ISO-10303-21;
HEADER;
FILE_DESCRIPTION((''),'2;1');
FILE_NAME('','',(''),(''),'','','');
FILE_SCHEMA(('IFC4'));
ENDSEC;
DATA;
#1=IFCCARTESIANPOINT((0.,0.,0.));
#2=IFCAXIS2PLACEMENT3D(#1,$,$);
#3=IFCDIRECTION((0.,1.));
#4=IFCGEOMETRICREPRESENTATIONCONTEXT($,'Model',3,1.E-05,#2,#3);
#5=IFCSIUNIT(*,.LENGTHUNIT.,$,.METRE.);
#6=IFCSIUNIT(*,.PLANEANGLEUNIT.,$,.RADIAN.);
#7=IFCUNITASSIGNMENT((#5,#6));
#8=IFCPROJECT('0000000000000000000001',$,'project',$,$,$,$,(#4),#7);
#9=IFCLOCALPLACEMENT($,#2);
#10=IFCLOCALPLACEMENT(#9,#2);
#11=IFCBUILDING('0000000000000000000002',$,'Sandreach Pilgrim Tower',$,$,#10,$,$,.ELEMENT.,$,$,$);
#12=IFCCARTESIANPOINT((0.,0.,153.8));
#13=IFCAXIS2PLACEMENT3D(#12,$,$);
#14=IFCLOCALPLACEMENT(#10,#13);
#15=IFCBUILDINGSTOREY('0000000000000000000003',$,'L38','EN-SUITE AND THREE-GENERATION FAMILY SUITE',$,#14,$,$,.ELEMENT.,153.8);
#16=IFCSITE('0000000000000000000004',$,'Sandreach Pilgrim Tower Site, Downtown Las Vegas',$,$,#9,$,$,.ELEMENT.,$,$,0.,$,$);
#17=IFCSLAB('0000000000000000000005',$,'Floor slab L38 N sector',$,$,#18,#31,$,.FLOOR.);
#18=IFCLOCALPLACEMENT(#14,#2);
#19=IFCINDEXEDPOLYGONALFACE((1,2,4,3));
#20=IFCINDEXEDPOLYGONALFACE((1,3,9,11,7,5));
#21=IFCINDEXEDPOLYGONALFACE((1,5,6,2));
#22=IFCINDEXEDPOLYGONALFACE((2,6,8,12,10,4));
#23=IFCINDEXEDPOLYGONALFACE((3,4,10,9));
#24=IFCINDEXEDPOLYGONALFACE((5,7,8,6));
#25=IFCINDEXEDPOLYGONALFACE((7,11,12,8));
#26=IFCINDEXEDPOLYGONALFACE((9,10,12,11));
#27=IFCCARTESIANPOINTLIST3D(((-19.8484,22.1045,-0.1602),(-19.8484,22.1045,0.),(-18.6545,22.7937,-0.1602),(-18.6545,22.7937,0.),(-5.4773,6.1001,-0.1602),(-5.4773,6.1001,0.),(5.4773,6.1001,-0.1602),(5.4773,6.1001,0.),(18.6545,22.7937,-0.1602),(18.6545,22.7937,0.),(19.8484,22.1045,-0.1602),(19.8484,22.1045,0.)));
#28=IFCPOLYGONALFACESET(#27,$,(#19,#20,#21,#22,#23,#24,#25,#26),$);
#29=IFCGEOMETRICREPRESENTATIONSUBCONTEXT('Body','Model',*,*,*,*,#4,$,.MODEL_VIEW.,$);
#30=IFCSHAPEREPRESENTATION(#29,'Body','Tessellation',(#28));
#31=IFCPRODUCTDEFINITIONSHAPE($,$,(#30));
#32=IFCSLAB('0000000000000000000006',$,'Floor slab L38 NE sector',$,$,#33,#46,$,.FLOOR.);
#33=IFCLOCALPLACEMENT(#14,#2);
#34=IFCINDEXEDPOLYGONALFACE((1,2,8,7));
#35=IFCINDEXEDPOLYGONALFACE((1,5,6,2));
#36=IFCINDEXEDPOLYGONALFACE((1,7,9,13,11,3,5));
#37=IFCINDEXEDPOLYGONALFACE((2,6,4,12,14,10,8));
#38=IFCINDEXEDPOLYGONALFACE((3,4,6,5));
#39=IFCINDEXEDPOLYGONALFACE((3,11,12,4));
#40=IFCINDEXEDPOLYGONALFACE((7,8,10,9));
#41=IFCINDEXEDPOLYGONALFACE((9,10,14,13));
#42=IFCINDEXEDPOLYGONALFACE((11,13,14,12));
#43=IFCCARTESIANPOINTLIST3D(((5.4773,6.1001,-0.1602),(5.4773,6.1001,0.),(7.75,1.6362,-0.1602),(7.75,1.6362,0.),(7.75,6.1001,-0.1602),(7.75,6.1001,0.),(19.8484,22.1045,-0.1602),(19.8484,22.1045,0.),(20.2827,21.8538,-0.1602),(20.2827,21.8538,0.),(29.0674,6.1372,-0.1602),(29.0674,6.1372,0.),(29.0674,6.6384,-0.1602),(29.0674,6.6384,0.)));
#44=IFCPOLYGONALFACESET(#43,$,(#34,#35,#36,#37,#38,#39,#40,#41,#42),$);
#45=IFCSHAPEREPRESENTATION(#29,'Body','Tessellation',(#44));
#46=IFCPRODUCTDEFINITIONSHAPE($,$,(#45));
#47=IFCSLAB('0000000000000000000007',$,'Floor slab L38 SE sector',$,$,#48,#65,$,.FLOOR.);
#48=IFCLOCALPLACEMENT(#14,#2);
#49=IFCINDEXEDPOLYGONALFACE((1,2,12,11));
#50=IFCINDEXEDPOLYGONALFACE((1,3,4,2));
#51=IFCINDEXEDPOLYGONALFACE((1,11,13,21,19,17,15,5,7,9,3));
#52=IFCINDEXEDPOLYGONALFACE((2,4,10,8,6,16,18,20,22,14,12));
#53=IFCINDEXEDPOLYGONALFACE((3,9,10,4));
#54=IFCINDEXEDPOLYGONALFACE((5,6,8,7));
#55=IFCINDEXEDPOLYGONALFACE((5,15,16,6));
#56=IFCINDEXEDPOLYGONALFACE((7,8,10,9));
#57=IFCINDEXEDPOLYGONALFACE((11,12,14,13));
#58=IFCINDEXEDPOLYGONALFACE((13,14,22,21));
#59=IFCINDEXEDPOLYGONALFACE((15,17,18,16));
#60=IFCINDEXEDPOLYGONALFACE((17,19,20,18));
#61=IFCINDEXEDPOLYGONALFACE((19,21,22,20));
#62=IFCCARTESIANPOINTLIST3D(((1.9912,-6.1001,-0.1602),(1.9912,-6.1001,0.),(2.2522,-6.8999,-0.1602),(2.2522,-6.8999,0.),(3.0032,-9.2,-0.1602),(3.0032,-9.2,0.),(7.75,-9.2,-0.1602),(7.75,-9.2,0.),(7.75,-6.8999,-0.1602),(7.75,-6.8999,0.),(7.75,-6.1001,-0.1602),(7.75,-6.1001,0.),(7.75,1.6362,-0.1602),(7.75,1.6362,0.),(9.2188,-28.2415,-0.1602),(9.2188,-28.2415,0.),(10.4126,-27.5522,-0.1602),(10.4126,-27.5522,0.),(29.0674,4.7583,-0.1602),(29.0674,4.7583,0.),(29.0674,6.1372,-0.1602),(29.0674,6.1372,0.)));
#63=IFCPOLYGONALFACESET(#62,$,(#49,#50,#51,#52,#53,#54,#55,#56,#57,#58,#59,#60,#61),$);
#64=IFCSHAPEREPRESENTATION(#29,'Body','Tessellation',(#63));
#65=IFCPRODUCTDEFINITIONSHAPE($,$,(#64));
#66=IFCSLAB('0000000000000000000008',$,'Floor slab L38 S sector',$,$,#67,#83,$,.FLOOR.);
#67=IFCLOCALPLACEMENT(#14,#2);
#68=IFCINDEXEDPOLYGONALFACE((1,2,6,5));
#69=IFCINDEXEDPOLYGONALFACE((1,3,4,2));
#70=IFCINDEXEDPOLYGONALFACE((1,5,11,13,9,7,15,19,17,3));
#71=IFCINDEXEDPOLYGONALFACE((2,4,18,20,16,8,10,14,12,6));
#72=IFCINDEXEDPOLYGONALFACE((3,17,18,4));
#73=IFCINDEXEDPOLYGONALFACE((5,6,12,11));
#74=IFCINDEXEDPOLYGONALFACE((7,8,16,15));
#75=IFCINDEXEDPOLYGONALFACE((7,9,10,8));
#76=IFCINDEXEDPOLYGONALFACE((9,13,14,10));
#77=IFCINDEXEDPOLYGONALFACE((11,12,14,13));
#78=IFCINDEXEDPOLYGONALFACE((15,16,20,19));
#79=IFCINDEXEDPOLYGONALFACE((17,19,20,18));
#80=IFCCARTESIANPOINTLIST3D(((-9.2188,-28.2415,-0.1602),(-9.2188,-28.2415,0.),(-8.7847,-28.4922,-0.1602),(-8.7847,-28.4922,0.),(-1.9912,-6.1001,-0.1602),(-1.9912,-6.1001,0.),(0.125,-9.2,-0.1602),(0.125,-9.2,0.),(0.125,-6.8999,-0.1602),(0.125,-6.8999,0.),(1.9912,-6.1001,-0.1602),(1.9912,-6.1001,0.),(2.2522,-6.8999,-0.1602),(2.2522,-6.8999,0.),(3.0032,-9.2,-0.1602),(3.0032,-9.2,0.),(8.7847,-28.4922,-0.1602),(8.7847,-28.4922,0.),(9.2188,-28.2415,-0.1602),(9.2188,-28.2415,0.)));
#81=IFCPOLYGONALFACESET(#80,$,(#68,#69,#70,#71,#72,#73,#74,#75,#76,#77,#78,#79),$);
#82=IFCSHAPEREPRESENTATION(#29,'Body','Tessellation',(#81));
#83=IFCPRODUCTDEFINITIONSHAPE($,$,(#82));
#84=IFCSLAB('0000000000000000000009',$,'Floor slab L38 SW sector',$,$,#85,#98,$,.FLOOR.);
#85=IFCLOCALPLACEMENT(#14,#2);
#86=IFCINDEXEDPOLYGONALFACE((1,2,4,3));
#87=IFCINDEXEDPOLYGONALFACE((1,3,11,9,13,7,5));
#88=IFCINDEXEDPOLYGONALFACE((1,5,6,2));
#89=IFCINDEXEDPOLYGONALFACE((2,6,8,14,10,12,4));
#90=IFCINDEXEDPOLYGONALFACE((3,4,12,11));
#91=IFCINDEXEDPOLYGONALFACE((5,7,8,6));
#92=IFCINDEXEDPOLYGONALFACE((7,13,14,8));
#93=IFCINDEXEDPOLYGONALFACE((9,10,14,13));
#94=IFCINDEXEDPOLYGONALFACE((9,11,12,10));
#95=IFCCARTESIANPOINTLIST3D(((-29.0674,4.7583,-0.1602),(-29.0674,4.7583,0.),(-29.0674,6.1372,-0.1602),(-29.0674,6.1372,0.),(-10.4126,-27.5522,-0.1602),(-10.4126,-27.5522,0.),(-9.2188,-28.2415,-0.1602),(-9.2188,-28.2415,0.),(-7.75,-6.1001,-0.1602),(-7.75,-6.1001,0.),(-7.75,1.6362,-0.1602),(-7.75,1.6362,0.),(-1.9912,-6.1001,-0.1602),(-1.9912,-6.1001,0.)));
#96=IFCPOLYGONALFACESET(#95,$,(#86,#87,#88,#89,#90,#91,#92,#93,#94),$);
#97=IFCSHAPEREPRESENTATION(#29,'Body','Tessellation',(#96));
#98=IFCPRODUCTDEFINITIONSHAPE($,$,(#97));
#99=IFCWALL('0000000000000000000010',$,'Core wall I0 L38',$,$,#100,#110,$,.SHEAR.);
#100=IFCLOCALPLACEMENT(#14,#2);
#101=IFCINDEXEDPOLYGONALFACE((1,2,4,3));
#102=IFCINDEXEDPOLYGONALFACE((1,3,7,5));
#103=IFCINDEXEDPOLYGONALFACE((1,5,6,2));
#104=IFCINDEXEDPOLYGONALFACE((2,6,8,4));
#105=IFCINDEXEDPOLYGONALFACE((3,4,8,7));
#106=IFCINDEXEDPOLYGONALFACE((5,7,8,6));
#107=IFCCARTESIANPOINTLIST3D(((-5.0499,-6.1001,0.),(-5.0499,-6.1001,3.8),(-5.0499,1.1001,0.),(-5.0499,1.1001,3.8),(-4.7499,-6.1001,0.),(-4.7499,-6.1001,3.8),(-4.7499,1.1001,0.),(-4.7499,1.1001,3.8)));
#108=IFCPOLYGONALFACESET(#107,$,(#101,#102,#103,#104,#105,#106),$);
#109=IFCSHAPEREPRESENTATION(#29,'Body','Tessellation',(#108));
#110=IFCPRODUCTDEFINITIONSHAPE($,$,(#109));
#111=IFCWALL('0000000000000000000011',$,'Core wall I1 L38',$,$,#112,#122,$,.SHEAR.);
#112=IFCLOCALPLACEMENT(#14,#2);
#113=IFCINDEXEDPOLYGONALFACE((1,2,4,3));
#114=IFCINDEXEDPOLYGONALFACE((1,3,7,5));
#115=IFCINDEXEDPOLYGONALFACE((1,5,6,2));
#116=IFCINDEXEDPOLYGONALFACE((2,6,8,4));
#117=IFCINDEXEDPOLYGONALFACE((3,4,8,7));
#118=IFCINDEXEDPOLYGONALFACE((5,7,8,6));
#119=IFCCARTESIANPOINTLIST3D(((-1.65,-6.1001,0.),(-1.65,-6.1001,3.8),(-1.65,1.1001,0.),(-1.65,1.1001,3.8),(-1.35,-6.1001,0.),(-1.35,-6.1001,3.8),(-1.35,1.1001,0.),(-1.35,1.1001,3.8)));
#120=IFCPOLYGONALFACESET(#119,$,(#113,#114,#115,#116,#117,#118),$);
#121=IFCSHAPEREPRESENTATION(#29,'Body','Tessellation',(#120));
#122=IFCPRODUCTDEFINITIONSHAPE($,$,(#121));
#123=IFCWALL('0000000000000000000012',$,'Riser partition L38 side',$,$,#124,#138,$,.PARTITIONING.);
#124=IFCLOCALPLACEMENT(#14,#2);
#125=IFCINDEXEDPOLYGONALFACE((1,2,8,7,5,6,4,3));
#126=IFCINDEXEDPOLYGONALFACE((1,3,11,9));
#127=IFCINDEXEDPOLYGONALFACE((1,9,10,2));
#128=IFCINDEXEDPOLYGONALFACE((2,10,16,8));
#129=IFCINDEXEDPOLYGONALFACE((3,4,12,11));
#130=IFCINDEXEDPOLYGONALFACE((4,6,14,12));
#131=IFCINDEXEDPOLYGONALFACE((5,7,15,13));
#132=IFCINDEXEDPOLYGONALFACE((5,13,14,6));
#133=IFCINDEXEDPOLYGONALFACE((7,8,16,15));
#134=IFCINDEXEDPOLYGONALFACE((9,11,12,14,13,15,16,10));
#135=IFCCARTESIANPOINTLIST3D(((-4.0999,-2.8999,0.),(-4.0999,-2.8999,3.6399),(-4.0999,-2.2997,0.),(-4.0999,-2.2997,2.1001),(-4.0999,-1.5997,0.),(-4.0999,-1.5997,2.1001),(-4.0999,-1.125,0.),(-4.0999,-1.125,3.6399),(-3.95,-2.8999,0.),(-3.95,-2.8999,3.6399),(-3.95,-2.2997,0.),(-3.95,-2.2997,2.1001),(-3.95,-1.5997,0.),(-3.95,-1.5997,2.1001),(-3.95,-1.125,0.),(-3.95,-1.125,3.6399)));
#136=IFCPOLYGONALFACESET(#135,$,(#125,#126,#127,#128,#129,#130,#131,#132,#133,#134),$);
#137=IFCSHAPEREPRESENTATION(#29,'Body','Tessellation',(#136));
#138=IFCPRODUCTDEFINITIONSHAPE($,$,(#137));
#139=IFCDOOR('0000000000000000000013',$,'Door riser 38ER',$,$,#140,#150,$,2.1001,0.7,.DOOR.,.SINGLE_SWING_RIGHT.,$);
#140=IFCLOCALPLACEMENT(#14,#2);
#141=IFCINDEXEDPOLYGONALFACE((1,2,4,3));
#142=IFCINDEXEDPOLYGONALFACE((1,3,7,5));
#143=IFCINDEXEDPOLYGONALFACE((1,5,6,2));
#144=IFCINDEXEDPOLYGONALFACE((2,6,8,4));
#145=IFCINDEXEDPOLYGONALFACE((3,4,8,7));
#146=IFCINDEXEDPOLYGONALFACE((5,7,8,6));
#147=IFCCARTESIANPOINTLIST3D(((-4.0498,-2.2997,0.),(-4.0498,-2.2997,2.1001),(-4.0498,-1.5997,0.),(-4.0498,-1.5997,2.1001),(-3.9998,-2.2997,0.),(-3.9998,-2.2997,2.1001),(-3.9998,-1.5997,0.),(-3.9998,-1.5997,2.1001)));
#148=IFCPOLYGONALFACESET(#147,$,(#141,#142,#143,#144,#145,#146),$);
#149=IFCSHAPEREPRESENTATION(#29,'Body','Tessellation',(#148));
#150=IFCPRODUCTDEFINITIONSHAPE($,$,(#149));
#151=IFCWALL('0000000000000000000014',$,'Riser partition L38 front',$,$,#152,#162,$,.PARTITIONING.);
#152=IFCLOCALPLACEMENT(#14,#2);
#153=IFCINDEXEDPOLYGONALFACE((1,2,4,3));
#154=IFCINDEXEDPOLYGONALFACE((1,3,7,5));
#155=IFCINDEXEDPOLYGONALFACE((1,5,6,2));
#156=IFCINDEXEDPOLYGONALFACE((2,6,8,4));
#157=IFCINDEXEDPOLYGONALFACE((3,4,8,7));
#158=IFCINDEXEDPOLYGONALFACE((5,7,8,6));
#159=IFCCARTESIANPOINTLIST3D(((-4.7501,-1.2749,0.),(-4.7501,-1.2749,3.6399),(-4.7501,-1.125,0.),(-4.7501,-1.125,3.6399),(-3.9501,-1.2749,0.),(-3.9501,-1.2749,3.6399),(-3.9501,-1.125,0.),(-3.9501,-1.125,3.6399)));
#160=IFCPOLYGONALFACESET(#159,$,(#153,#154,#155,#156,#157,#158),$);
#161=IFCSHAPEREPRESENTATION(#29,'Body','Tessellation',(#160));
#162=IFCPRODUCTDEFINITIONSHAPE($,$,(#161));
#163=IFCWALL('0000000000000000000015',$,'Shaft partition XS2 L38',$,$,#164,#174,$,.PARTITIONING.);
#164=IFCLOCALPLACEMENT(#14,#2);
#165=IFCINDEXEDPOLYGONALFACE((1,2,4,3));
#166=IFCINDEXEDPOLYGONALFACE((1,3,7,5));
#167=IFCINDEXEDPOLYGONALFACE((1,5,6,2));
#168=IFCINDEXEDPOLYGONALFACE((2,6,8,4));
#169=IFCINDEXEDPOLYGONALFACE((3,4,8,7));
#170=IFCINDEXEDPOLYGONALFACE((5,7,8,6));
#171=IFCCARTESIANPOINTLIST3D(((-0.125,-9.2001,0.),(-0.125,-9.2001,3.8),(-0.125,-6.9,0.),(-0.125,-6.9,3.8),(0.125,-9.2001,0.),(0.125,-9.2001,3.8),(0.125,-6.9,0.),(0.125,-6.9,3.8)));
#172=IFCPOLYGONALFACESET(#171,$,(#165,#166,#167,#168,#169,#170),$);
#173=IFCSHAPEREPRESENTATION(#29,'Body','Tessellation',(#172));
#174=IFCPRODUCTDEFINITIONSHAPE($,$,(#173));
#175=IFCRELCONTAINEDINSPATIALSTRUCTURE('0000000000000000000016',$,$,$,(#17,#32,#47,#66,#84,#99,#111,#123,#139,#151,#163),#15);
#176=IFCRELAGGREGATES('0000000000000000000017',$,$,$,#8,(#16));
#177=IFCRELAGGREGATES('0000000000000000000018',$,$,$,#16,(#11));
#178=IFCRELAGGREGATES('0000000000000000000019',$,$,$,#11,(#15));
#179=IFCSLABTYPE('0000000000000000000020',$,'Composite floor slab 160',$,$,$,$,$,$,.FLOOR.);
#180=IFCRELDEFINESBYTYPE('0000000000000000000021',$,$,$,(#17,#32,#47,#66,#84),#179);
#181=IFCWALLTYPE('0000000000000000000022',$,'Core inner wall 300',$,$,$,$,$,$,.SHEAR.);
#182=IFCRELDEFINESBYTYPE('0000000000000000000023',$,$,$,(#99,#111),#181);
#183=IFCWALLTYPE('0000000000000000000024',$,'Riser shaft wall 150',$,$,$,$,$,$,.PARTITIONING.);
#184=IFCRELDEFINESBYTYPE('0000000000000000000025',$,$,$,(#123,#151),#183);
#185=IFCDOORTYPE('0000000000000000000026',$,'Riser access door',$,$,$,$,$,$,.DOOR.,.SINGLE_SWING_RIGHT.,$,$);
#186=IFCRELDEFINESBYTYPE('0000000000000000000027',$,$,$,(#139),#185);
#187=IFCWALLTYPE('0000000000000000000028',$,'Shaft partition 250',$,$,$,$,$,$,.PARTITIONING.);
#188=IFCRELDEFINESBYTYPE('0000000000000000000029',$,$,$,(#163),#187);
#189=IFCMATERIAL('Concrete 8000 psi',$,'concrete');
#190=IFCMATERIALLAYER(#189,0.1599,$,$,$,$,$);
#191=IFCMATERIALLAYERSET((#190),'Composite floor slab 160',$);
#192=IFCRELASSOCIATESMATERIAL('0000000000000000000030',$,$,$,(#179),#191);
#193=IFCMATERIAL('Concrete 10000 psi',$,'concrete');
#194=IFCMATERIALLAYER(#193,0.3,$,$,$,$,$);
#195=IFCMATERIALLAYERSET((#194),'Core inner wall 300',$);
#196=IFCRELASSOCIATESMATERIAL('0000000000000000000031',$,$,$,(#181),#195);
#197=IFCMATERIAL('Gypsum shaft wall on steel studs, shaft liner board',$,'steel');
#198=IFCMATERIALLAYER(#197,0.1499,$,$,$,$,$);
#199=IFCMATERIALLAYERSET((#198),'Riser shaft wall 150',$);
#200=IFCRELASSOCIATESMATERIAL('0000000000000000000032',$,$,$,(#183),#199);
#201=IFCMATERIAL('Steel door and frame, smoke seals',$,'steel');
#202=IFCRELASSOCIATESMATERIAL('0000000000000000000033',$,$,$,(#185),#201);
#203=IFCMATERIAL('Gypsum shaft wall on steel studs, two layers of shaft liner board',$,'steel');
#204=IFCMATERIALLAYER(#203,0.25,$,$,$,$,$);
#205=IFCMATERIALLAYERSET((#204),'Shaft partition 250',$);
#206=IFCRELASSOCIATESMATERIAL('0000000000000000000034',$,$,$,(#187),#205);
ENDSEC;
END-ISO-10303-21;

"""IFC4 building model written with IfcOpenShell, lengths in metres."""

from ifc_helpers import new_model, si_unit, direction, frame, frame_2d, origin, place, context, subcontext, project, spatial, polyline, rectangle, outline, extrude, material, layer, layer_set, type_object, element, fill, save


model = new_model("IFC4")

# Units and contexts
model_context = context("Model", 3, precision=1e-05, world=origin(), true_north=direction((0.0, 1.0)))
body_context = subcontext(model_context, "Body", "Model", "MODEL_VIEW")
ifc_project = project(units=[si_unit("LENGTHUNIT", "METRE"), si_unit("PLANEANGLEUNIT", "RADIAN")], contexts=[model_context])

# Site, building, storey
site_placement = place(None, origin())
site = spatial("IfcSite", under=ifc_project, at=site_placement, Name="Sandreach Pilgrim Tower Site, Downtown Las Vegas", CompositionType="ELEMENT", RefElevation=0.0)
building_placement = place(site_placement, origin())
building = spatial("IfcBuilding", under=site, at=building_placement, Name="Sandreach Pilgrim Tower", CompositionType="ELEMENT")
storey_placement = place(building_placement, frame((0.0, 0.0, 153.8)))
storey = spatial("IfcBuildingStorey", under=building, at=storey_placement, Name="L38", Description="EN-SUITE AND THREE-GENERATION FAMILY SUITE", CompositionType="ELEMENT", Elevation=153.8)

# Slabs
ifc_material_1 = material(Name="Concrete 8000 psi", Category="concrete")
ifc_layer_1 = layer(ifc_material_1, 0.1599)
ifc_layer_set_1 = layer_set([ifc_layer_1], Name="Composite floor slab 160")
slab_type = type_object("IfcSlabType", Name="Composite floor slab 160", PredefinedType="FLOOR", material=ifc_layer_set_1)
slab_1_placement = place(storey_placement, frame((0.0, 0.0, -0.1602)))
element("IfcSlab", 1, at=slab_1_placement, inside=storey, type_object=slab_type, Name="Floor slab L38 N sector", PredefinedType="FLOOR", context=body_context, shape_type="SweptSolid", body=[
    extrude(outline(polyline([(-18.6545, 22.7937), (18.6545, 22.7937), (19.8484, 22.1045), (5.4773, 6.1001), (-5.4773, 6.1001), (-19.8484, 22.1045), (-18.6545, 22.7937)])), origin(), (0.0, 0.0, 1.0), 0.1602),
])
slab_2_placement = place(storey_placement, frame((0.0, 0.0, -0.1602)))
element("IfcSlab", 2, at=slab_2_placement, inside=storey, type_object=slab_type, Name="Floor slab L38 NE sector", PredefinedType="FLOOR", context=body_context, shape_type="SweptSolid", body=[
    extrude(outline(polyline([(20.2827, 21.8538), (29.0674, 6.6384), (29.0674, 6.1372), (7.75, 1.6362), (7.75, 6.1001), (5.4773, 6.1001), (19.8484, 22.1045), (20.2827, 21.8538)])), origin(), (0.0, 0.0, 1.0), 0.1602),
])
slab_3_placement = place(storey_placement, frame((0.0, 0.0, -0.1602)))
element("IfcSlab", 3, at=slab_3_placement, inside=storey, type_object=slab_type, Name="Floor slab L38 SE sector", PredefinedType="FLOOR", context=body_context, shape_type="SweptSolid", body=[
    extrude(outline(polyline([(29.0674, 4.7583), (10.4126, -27.5522), (9.2188, -28.2415), (3.0032, -9.2), (7.75, -9.2), (7.75, -6.8999), (2.2522, -6.8999), (1.9912, -6.1001), (7.75, -6.1001), (7.75, 1.6362), (29.0674, 6.1372), (29.0674, 4.7583)])), origin(), (0.0, 0.0, 1.0), 0.1602),
])
slab_4_placement = place(storey_placement, frame((0.0, 0.0, -0.1602)))
element("IfcSlab", 4, at=slab_4_placement, inside=storey, type_object=slab_type, Name="Floor slab L38 S sector", PredefinedType="FLOOR", context=body_context, shape_type="SweptSolid", body=[
    extrude(outline(polyline([(8.7847, -28.4922), (-8.7847, -28.4922), (-9.2188, -28.2415), (-1.9912, -6.1001), (1.9912, -6.1001), (2.2522, -6.8999), (0.125, -6.8999), (0.125, -9.2), (3.0032, -9.2), (9.2188, -28.2415), (8.7847, -28.4922)])), origin(), (0.0, 0.0, 1.0), 0.1602),
])
slab_5_placement = place(storey_placement, frame((0.0, 0.0, -0.1602)))
element("IfcSlab", 5, at=slab_5_placement, inside=storey, type_object=slab_type, Name="Floor slab L38 SW sector", PredefinedType="FLOOR", context=body_context, shape_type="SweptSolid", body=[
    extrude(outline(polyline([(-10.4126, -27.5522), (-29.0674, 4.7583), (-29.0674, 6.1372), (-7.75, 1.6362), (-7.75, -6.1001), (-1.9912, -6.1001), (-9.2188, -28.2415), (-10.4126, -27.5522)])), origin(), (0.0, 0.0, 1.0), 0.1602),
])

# Walls
ifc_material_2 = material(Name="Concrete 10000 psi", Category="concrete")
ifc_layer_2 = layer(ifc_material_2, 0.3)
ifc_layer_set_2 = layer_set([ifc_layer_2], Name="Core inner wall 300")
wall_type_1 = type_object("IfcWallType", Name="Core inner wall 300", PredefinedType="SHEAR", material=ifc_layer_set_2)
for number, where, z_axis, x_axis, name in (
    (6, (-4.8999, -6.1001, 0.0), (0.0, 0.0, 1.0), (0.0, 1.0, 0.0), "Core wall I0 L38"),
    (7, (-1.5, -6.1001, 0.0), (0.0, 0.0, 1.0), (0.0, 1.0, 0.0), "Core wall I1 L38"),
):
    element("IfcWall", number, at=place(storey_placement, frame(where, z_axis=z_axis, x_axis=x_axis)), inside=storey, type_object=wall_type_1, Name=name, PredefinedType="SHEAR", context=body_context, shape_type="SweptSolid", body=[
        extrude(rectangle(XDim=7.2002, YDim=0.3, at=frame_2d((3.6001, 0.0))), origin(), (0.0, 0.0, 1.0), 3.8),
    ])

# Wall, opening, door
ifc_material_3 = material(Name="Gypsum shaft wall on steel studs, shaft liner board", Category="steel")
ifc_layer_3 = layer(ifc_material_3, 0.1499)
ifc_layer_set_3 = layer_set([ifc_layer_3], Name="Riser shaft wall 150")
wall_type_2 = type_object("IfcWallType", Name="Riser shaft wall 150", PredefinedType="PARTITIONING", material=ifc_layer_set_3)
wall_1_placement = place(storey_placement, frame((-4.0249, -2.8999, 0.0), z_axis=(0.0, 0.0, 1.0), x_axis=(0.0, 1.0, 0.0)))
wall_1 = element("IfcWall", 8, at=wall_1_placement, inside=storey, type_object=wall_type_2, Name="Riser partition L38 side", PredefinedType="PARTITIONING", context=body_context, shape_type="SweptSolid", body=[
    extrude(rectangle(XDim=1.7749, YDim=0.1499, at=frame_2d((0.8875, 0.0))), origin(), (0.0, 0.0, 1.0), 3.6399),
])
opening_1_placement = place(wall_1_placement, frame((0.6001, 0.0, 0.0)))
opening_1 = element("IfcOpeningElement", 9, at=opening_1_placement, cuts=wall_1, PredefinedType="OPENING", context=body_context, shape_type="SweptSolid", body=[
    extrude(rectangle(XDim=0.7, YDim=2.1001, at=frame_2d((0.3501, 1.05))), frame((0.0, 0.075, 0.0), z_axis=(0.0, -1.0, 0.0), x_axis=(1.0, 0.0, 0.0)), (0.0, 0.0, 1.0), 0.1499),
])
ifc_material_4 = material(Name="Steel door and frame, smoke seals", Category="steel")
door_type_1 = type_object("IfcDoorType", Name="Riser access door", OperationType="SINGLE_SWING_RIGHT", PredefinedType="DOOR", material=ifc_material_4)
door_1_placement = place(opening_1_placement, origin())
door_1 = element("IfcDoor", 10, at=door_1_placement, inside=storey, type_object=door_type_1, Name="Door riser 38ER", OperationType="SINGLE_SWING_RIGHT", OverallHeight=2.1001, OverallWidth=0.7, PredefinedType="DOOR", context=body_context, shape_type="SweptSolid", body=[
    extrude(rectangle(XDim=0.7, YDim=2.1001, at=frame_2d((0.3501, 1.05))), frame((0.0, 0.0249, 0.0), z_axis=(0.0, -1.0, 0.0), x_axis=(1.0, 0.0, 0.0)), (0.0, 0.0, 1.0), 0.05),
])
fill(opening_1, door_1)

# Walls
wall_2_placement = place(storey_placement, frame((-4.75, -1.2, 0.0), z_axis=(0.0, 0.0, 1.0), x_axis=(1.0, 0.0, 0.0)))
element("IfcWall", 11, at=wall_2_placement, inside=storey, type_object=wall_type_2, Name="Riser partition L38 front", PredefinedType="PARTITIONING", context=body_context, shape_type="SweptSolid", body=[
    extrude(rectangle(XDim=0.8, YDim=0.1499, at=frame_2d((0.3999, 0.0))), origin(), (0.0, 0.0, 1.0), 3.6399),
])
ifc_material_5 = material(Name="Gypsum shaft wall on steel studs, two layers of shaft liner board", Category="steel")
ifc_layer_4 = layer(ifc_material_5, 0.25)
ifc_layer_set_4 = layer_set([ifc_layer_4], Name="Shaft partition 250")
wall_type_3 = type_object("IfcWallType", Name="Shaft partition 250", PredefinedType="PARTITIONING", material=ifc_layer_set_4)
wall_3_placement = place(storey_placement, frame((0.0, -9.2, 0.0), z_axis=(0.0, 0.0, 1.0), x_axis=(0.0, 1.0, 0.0)))
element("IfcWall", 12, at=wall_3_placement, inside=storey, type_object=wall_type_3, Name="Shaft partition XS2 L38", PredefinedType="PARTITIONING", context=body_context, shape_type="SweptSolid", body=[
    extrude(rectangle(XDim=2.3, YDim=0.25, at=frame_2d((1.1499, 0.0))), origin(), (0.0, 0.0, 1.0), 3.8),
])

save(model, "model.ifc")
